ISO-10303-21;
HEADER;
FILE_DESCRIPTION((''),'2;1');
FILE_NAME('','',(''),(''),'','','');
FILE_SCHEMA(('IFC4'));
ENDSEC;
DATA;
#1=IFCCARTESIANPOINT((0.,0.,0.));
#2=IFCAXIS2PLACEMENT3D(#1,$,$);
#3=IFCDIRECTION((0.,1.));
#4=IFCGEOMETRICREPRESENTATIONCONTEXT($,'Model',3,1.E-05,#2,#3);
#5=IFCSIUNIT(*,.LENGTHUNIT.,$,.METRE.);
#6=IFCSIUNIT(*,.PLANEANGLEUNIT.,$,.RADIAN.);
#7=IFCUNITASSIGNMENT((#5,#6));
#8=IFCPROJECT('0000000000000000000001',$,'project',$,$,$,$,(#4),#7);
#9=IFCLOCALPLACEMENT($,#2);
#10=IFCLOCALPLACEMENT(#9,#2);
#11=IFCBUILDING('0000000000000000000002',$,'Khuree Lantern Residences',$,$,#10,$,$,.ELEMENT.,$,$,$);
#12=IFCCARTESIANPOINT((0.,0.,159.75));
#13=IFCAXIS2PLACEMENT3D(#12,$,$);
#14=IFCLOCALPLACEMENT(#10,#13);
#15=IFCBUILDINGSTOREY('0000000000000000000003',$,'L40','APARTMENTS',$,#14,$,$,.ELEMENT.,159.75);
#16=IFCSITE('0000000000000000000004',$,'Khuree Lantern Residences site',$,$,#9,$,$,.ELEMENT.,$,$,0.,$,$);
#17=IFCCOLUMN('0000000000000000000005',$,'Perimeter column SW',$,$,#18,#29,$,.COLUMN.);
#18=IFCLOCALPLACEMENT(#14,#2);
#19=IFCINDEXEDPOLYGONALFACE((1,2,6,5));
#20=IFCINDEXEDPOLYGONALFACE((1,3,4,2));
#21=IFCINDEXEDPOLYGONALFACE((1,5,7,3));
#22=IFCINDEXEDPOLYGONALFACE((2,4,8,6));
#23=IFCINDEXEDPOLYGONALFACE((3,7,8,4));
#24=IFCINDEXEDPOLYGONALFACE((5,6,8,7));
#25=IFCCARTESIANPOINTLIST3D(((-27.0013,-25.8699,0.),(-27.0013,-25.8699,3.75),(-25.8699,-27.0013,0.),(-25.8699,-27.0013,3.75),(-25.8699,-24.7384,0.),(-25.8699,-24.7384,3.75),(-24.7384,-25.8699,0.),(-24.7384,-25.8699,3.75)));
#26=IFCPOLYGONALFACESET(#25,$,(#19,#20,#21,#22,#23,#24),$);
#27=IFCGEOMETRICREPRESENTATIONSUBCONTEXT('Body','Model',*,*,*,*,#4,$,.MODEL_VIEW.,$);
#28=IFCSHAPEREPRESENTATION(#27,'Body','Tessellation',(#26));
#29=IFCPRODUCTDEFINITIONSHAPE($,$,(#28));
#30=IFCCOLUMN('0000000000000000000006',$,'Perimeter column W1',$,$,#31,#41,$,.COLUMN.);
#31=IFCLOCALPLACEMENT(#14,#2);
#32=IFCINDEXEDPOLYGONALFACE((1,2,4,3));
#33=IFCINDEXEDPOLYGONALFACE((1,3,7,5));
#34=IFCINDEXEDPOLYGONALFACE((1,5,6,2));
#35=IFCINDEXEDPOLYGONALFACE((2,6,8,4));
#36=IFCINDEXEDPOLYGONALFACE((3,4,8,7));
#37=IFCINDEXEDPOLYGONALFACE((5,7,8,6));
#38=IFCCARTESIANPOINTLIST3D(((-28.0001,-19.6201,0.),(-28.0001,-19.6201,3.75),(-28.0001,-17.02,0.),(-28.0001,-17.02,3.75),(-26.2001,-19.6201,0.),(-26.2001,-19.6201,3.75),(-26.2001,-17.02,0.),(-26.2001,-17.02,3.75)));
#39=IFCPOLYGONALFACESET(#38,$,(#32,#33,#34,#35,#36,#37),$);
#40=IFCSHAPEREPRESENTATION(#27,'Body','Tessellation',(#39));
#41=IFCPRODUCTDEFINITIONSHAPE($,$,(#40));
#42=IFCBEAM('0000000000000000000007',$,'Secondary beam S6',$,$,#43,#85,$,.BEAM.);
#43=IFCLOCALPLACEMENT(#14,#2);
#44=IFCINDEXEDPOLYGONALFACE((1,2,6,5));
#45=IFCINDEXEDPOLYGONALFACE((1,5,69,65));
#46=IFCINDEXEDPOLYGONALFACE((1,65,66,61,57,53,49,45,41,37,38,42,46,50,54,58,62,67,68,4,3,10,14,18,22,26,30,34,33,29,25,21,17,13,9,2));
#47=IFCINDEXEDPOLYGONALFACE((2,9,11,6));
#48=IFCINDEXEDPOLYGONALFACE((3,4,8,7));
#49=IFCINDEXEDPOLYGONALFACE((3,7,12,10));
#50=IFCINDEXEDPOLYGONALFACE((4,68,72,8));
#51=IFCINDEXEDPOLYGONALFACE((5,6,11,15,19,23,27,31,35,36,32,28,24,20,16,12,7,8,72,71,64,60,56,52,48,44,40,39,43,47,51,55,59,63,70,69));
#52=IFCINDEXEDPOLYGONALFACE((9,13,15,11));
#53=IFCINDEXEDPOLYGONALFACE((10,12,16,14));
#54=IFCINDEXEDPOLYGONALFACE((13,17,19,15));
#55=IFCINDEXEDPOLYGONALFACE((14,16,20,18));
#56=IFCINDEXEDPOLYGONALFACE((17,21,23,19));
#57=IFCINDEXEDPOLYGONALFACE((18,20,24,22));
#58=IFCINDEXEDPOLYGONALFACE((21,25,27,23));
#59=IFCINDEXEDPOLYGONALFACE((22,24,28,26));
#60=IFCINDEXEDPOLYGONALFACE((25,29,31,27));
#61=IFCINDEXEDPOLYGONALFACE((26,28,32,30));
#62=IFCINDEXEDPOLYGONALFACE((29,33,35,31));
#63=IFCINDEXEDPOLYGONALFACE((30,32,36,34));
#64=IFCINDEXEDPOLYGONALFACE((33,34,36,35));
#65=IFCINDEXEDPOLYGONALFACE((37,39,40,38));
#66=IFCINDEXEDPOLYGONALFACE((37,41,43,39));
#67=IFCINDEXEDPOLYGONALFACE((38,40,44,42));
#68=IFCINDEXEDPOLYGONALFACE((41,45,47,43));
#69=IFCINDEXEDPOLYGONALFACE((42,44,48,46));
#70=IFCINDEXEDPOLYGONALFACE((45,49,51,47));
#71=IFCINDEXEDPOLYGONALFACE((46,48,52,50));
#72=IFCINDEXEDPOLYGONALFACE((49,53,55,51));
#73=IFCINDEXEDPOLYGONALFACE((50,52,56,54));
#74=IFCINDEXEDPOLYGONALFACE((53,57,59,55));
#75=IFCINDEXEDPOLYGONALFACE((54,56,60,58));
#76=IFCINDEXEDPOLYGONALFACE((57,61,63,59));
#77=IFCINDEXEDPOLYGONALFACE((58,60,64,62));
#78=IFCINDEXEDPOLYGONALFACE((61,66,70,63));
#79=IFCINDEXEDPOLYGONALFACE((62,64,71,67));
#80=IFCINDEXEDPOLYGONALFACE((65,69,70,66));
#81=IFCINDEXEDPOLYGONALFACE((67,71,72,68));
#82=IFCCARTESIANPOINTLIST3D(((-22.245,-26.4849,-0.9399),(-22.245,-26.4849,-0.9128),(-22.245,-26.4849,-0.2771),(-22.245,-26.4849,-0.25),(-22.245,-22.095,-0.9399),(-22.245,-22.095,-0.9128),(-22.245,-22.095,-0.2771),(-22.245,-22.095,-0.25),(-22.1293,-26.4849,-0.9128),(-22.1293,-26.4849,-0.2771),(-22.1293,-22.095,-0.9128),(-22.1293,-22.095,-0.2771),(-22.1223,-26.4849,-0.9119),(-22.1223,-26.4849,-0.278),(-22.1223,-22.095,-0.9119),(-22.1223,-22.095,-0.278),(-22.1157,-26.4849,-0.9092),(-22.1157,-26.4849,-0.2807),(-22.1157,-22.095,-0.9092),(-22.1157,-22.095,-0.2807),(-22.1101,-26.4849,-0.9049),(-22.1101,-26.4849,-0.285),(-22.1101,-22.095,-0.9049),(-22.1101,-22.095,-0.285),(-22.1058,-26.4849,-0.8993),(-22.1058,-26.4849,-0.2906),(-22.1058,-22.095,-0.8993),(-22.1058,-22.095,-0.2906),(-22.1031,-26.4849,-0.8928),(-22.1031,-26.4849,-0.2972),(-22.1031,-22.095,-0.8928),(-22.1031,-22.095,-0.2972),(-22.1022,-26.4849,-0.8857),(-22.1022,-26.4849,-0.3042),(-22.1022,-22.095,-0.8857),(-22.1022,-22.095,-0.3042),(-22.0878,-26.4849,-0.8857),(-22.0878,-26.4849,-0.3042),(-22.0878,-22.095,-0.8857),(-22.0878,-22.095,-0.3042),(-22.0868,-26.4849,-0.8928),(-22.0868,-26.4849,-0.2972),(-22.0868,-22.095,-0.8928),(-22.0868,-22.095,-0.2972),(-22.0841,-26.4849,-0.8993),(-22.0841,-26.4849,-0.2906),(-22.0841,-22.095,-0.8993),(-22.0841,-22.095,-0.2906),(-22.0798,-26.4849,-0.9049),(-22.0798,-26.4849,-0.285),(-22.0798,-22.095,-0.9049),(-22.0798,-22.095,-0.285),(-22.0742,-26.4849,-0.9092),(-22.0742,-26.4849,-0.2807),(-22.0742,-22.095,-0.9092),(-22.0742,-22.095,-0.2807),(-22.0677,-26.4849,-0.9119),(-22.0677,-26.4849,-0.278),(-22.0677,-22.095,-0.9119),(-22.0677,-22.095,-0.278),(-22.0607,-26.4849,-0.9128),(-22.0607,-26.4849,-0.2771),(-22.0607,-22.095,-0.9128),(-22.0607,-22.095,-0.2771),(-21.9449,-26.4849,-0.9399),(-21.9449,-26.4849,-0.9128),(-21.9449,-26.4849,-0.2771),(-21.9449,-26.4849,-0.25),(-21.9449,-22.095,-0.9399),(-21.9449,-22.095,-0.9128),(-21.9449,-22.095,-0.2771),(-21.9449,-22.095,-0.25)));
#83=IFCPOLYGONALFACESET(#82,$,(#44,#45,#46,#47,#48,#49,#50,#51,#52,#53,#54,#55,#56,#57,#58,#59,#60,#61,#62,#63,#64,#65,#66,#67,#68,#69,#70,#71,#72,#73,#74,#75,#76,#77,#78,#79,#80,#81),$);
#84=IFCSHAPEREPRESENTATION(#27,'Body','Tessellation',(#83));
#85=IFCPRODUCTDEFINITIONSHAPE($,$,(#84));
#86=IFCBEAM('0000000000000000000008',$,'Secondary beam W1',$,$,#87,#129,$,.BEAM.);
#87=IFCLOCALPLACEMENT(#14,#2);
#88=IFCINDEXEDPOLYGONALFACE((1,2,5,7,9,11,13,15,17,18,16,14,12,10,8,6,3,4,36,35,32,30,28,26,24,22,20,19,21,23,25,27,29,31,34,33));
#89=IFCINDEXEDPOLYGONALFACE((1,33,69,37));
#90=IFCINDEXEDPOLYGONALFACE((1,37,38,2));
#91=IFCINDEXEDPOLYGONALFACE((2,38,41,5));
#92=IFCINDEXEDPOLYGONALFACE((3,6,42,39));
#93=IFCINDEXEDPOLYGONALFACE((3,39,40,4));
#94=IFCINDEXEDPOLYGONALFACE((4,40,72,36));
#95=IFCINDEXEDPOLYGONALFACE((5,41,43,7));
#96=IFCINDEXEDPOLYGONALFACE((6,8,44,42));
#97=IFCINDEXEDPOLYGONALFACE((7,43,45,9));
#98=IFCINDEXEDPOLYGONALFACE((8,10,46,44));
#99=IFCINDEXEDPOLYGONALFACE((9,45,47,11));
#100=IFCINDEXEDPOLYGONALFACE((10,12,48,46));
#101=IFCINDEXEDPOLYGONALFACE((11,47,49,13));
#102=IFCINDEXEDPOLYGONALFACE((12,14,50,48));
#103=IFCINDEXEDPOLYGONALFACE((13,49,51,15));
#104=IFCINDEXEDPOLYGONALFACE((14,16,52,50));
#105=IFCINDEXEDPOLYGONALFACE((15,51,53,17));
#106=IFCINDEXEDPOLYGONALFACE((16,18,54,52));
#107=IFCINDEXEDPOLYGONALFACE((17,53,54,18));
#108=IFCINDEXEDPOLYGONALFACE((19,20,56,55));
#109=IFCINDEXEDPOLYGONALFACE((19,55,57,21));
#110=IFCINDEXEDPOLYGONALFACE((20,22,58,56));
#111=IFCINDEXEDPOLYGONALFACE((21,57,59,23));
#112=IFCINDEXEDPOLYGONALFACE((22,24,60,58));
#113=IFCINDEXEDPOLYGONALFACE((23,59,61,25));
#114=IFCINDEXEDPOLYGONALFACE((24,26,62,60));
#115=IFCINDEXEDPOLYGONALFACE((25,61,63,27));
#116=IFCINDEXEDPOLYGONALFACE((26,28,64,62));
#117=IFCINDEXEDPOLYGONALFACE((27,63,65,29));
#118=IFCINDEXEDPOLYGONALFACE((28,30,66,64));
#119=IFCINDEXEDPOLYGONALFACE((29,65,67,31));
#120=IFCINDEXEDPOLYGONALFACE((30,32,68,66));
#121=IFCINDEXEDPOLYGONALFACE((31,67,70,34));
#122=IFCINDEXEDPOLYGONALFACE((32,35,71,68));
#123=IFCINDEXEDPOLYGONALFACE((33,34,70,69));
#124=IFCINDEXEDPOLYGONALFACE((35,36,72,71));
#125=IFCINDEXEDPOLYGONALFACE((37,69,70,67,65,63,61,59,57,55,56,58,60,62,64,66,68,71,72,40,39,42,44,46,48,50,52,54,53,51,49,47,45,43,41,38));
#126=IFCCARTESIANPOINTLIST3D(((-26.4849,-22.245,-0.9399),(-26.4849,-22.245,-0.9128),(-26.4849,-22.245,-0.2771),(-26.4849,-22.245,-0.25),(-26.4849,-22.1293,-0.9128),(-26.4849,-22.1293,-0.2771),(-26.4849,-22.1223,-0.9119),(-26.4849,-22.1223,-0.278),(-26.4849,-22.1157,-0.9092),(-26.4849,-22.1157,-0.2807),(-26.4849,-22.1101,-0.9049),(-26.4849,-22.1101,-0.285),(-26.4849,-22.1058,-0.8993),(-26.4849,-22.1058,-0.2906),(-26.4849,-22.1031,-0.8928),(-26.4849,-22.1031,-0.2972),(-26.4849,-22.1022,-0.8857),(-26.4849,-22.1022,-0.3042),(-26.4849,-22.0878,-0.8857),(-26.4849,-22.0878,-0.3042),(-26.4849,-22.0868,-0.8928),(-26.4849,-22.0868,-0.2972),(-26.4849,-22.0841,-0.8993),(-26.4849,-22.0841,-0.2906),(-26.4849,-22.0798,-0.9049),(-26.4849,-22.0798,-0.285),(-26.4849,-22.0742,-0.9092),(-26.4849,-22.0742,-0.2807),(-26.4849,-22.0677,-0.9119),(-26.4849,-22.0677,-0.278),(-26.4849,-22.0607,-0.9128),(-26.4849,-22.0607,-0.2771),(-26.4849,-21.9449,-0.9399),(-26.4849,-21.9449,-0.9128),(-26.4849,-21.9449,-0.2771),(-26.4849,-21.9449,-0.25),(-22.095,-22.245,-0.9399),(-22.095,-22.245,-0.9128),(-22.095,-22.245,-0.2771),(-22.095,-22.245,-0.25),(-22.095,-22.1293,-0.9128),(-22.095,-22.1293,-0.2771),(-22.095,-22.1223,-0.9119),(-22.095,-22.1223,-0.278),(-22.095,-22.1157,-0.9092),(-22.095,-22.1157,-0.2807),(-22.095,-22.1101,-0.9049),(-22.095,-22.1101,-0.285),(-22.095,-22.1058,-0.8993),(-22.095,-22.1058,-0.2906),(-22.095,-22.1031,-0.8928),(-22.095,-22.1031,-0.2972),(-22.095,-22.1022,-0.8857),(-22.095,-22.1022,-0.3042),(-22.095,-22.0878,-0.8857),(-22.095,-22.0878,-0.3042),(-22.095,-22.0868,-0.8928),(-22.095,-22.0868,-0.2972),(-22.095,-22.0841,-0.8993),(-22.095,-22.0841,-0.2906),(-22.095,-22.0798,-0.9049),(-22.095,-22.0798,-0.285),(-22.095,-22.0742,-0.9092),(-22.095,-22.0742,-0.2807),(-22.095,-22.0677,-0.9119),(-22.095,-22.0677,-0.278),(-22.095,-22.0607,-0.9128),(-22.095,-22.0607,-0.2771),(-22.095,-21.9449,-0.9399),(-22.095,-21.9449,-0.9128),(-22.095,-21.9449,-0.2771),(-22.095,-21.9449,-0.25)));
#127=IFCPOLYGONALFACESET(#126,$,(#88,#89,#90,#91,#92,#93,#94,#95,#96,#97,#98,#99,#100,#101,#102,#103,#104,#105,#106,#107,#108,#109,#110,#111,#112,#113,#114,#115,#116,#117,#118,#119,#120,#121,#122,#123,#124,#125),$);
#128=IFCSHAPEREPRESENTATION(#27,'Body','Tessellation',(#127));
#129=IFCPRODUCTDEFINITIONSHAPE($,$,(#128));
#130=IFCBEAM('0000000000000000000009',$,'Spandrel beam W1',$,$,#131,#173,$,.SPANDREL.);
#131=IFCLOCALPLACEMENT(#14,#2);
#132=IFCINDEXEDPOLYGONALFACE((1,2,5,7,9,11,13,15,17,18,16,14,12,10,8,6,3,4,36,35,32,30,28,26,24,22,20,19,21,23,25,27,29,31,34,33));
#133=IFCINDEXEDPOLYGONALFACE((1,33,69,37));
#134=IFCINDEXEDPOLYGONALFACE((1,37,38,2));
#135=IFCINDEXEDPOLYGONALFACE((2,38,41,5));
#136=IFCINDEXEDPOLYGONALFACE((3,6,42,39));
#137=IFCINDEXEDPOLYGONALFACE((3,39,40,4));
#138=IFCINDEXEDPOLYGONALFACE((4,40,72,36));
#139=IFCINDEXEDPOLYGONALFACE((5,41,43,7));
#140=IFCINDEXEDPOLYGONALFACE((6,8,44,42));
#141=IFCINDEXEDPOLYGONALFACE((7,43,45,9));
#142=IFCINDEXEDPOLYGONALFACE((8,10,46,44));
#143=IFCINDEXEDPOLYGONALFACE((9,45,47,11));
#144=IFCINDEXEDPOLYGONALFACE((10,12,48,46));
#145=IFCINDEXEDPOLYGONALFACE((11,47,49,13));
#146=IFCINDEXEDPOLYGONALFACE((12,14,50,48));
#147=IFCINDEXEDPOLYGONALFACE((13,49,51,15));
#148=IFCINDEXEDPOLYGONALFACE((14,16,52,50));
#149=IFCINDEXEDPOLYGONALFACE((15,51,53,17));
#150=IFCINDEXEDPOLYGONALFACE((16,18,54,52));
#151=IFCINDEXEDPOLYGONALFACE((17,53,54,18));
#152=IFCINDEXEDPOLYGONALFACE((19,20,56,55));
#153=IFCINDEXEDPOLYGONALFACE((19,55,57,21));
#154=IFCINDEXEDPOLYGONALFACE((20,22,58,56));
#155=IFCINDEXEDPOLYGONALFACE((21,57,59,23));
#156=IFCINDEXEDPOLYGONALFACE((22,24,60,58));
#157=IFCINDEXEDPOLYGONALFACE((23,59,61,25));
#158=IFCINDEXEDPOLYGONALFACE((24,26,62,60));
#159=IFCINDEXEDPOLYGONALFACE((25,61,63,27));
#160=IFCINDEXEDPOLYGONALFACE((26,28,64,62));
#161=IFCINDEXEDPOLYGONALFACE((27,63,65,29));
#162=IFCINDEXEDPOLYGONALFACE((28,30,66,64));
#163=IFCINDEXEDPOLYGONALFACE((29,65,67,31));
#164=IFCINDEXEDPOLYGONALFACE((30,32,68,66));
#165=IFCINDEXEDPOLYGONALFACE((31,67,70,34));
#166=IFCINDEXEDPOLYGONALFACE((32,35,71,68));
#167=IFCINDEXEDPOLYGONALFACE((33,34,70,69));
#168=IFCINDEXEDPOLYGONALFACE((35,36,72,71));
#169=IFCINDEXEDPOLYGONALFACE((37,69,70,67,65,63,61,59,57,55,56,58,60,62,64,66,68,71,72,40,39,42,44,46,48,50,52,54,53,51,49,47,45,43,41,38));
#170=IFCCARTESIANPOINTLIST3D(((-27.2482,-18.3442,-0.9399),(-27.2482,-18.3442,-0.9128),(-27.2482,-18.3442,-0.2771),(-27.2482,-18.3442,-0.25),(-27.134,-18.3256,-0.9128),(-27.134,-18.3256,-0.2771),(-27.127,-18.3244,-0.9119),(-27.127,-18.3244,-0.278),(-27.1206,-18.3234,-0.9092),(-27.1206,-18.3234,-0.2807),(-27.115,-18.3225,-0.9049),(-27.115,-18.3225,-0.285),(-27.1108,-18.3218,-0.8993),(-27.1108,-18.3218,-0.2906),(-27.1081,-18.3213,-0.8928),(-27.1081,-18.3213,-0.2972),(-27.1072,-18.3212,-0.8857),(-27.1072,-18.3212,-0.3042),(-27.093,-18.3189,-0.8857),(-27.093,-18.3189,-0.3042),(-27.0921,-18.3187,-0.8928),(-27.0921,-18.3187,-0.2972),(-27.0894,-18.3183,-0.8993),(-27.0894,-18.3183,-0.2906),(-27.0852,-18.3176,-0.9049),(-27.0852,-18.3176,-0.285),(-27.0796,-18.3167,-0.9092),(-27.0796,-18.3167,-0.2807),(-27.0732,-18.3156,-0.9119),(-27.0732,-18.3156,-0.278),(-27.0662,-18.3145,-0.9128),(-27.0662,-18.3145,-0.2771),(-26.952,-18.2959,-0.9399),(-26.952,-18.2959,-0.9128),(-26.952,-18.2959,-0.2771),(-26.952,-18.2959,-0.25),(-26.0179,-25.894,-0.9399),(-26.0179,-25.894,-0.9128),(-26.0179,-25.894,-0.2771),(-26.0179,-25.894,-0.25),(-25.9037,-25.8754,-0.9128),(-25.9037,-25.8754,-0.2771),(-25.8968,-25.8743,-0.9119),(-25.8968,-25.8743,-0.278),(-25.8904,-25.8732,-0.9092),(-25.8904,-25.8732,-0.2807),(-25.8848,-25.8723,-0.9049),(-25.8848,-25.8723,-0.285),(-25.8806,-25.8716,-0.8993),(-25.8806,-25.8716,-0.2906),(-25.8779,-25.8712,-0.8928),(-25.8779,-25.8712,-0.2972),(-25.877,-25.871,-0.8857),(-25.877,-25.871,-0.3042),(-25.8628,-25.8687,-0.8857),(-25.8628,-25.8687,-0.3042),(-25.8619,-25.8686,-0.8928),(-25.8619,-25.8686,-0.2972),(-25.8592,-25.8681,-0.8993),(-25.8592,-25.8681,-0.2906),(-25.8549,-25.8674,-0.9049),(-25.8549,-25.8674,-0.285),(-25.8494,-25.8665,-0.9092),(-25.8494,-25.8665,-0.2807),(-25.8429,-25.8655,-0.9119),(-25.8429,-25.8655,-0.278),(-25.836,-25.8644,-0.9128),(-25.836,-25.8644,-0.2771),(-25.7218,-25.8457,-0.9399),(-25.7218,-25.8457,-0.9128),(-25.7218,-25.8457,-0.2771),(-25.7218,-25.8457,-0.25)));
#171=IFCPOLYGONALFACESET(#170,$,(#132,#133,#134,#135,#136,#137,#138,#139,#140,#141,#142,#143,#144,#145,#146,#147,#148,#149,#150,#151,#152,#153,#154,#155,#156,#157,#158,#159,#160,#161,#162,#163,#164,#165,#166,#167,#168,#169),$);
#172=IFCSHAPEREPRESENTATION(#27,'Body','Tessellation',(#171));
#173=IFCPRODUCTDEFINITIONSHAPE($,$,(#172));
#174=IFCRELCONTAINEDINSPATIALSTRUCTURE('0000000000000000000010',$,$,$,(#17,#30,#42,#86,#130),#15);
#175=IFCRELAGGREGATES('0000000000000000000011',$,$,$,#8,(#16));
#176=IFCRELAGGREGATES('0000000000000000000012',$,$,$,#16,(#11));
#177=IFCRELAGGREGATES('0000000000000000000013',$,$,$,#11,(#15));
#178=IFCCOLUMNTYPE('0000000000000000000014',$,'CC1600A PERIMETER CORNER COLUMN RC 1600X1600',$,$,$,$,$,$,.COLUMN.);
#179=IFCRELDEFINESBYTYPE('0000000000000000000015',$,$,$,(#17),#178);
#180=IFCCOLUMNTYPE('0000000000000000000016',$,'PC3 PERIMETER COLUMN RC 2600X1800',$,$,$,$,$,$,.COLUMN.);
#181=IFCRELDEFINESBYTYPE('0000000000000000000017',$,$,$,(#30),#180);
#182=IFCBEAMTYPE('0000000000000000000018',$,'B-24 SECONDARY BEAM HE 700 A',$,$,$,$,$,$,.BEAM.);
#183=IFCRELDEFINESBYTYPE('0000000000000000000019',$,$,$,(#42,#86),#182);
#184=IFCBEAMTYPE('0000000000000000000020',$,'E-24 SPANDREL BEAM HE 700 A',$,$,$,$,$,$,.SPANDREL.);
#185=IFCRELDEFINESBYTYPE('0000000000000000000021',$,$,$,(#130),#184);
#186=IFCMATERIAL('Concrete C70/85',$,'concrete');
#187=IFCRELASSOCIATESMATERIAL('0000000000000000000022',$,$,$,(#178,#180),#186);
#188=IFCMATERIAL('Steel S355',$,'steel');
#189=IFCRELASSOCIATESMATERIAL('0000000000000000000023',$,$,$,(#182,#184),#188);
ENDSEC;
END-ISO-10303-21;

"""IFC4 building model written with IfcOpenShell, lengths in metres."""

from ifc_helpers import new_model, si_unit, direction, frame, origin, origin_2d, place, context, subcontext, project, spatial, rectangle, i_section, extrude, material, material_profile, profile_set, type_object, element, save


model = new_model("IFC4")

# Units and contexts
model_context = context("Model", 3, precision=1e-05, world=origin(), true_north=direction((0.0, 1.0)))
body_context = subcontext(model_context, "Body", "Model", "MODEL_VIEW")
ifc_project = project(units=[si_unit("LENGTHUNIT", "METRE"), si_unit("PLANEANGLEUNIT", "RADIAN")], contexts=[model_context])

# Site, building, storey
site_placement = place(None, origin())
site = spatial("IfcSite", under=ifc_project, at=site_placement, Name="Khuree Lantern Residences site", CompositionType="ELEMENT", RefElevation=0.0)
building_placement = place(site_placement, origin())
building = spatial("IfcBuilding", under=site, at=building_placement, Name="Khuree Lantern Residences", CompositionType="ELEMENT")
storey_placement = place(building_placement, frame((0.0, 0.0, 159.75)))
storey = spatial("IfcBuildingStorey", under=building, at=storey_placement, Name="L40", Description="APARTMENTS", CompositionType="ELEMENT", Elevation=159.75)

# Columns
ifc_material_1 = material(Name="Concrete C70/85", Category="concrete")
ifc_material_profile_1 = material_profile(ifc_material_1, rectangle(XDim=1.6001, YDim=1.6001, at=origin_2d()), Name="RC 1600X1600")
ifc_profile_set_1 = profile_set([ifc_material_profile_1], Name="Concrete C70/85")
column_type_1 = type_object("IfcColumnType", Name="CC1600A PERIMETER CORNER COLUMN RC 1600X1600", PredefinedType="COLUMN", material=ifc_profile_set_1)
column_1_placement = place(storey_placement, frame((-25.8699, -25.8699, 0.0), z_axis=(0.0, 0.0, 1.0), x_axis=(0.707107, -0.707107, 0.0)))
element("IfcColumn", 1, at=column_1_placement, inside=storey, type_object=column_type_1, Name="Perimeter column SW", PredefinedType="COLUMN", context=body_context, shape_type="SweptSolid", body=[
    extrude(rectangle(XDim=1.6001, YDim=1.6001, at=origin_2d()), origin(), (0.0, 0.0, 1.0), 3.75),
])
ifc_material_profile_2 = material_profile(ifc_material_1, rectangle(XDim=2.6001, YDim=1.8, at=origin_2d()), Name="RC 2600X1800")
ifc_profile_set_2 = profile_set([ifc_material_profile_2], Name="Concrete C70/85")
column_type_2 = type_object("IfcColumnType", Name="PC3 PERIMETER COLUMN RC 2600X1800", PredefinedType="COLUMN", material=ifc_profile_set_2)
column_2_placement = place(storey_placement, frame((-27.1001, -18.3201, 0.0), z_axis=(0.0, 0.0, 1.0), x_axis=(0.0, 1.0, 0.0)))
element("IfcColumn", 2, at=column_2_placement, inside=storey, type_object=column_type_2, Name="Perimeter column W1", PredefinedType="COLUMN", context=body_context, shape_type="SweptSolid", body=[
    extrude(rectangle(XDim=2.6001, YDim=1.8, at=origin_2d()), origin(), (0.0, 0.0, 1.0), 3.75),
])

# Beams
ifc_material_2 = material(Name="Steel S355", Category="steel")
ifc_material_profile_3 = material_profile(ifc_material_2, i_section(OverallWidth=0.3, OverallDepth=0.6899, WebThickness=0.0144, FlangeThickness=0.0271, FilletRadius=0.0271, at=origin_2d()), Name="HE 700 A")
ifc_profile_set_3 = profile_set([ifc_material_profile_3], Name="Steel S355")
beam_type_1 = type_object("IfcBeamType", Name="B-24 SECONDARY BEAM HE 700 A", PredefinedType="BEAM", material=ifc_profile_set_3)
for number, where, z_axis, x_axis, name in (
    (3, (-22.095, -26.4849, -0.595), (0.0, 1.0, 0.0), (-1.0, 0.0, 0.0), "Secondary beam S6"),
    (4, (-26.4849, -22.095, -0.595), (1.0, 0.0, 0.0), (0.0, 1.0, 0.0), "Secondary beam W1"),
):
    element("IfcBeam", number, at=place(storey_placement, frame(where, z_axis=z_axis, x_axis=x_axis)), inside=storey, type_object=beam_type_1, Name=name, PredefinedType="BEAM", context=body_context, shape_type="SweptSolid", body=[
        extrude(i_section(OverallWidth=0.3, OverallDepth=0.6899, WebThickness=0.0144, FlangeThickness=0.0271, FilletRadius=0.0271, at=origin_2d()), origin(), (0.0, 0.0, 1.0), 4.3899),
    ])
ifc_material_profile_4 = material_profile(ifc_material_2, i_section(OverallWidth=0.3, OverallDepth=0.6899, WebThickness=0.0144, FlangeThickness=0.0271, FilletRadius=0.0271, at=origin_2d()), Name="HE 700 A")
ifc_profile_set_4 = profile_set([ifc_material_profile_4], Name="Steel S355")
beam_type_2 = type_object("IfcBeamType", Name="E-24 SPANDREL BEAM HE 700 A", PredefinedType="SPANDREL", material=ifc_profile_set_4)
beam_1_placement = place(storey_placement, frame((-25.8699, -25.8699, -0.595), z_axis=(-0.160827, 0.986983, 0.0), x_axis=(-0.986983, -0.160827, 0.0)))
element("IfcBeam", 5, at=beam_1_placement, inside=storey, type_object=beam_type_2, Name="Spandrel beam W1", PredefinedType="SPANDREL", context=body_context, shape_type="SweptSolid", body=[
    extrude(i_section(OverallWidth=0.3, OverallDepth=0.6899, WebThickness=0.0144, FlangeThickness=0.0271, FilletRadius=0.0271, at=origin_2d()), origin(), (0.0, 0.0, 1.0), 7.6494),
])

save(model, "model.ifc")
